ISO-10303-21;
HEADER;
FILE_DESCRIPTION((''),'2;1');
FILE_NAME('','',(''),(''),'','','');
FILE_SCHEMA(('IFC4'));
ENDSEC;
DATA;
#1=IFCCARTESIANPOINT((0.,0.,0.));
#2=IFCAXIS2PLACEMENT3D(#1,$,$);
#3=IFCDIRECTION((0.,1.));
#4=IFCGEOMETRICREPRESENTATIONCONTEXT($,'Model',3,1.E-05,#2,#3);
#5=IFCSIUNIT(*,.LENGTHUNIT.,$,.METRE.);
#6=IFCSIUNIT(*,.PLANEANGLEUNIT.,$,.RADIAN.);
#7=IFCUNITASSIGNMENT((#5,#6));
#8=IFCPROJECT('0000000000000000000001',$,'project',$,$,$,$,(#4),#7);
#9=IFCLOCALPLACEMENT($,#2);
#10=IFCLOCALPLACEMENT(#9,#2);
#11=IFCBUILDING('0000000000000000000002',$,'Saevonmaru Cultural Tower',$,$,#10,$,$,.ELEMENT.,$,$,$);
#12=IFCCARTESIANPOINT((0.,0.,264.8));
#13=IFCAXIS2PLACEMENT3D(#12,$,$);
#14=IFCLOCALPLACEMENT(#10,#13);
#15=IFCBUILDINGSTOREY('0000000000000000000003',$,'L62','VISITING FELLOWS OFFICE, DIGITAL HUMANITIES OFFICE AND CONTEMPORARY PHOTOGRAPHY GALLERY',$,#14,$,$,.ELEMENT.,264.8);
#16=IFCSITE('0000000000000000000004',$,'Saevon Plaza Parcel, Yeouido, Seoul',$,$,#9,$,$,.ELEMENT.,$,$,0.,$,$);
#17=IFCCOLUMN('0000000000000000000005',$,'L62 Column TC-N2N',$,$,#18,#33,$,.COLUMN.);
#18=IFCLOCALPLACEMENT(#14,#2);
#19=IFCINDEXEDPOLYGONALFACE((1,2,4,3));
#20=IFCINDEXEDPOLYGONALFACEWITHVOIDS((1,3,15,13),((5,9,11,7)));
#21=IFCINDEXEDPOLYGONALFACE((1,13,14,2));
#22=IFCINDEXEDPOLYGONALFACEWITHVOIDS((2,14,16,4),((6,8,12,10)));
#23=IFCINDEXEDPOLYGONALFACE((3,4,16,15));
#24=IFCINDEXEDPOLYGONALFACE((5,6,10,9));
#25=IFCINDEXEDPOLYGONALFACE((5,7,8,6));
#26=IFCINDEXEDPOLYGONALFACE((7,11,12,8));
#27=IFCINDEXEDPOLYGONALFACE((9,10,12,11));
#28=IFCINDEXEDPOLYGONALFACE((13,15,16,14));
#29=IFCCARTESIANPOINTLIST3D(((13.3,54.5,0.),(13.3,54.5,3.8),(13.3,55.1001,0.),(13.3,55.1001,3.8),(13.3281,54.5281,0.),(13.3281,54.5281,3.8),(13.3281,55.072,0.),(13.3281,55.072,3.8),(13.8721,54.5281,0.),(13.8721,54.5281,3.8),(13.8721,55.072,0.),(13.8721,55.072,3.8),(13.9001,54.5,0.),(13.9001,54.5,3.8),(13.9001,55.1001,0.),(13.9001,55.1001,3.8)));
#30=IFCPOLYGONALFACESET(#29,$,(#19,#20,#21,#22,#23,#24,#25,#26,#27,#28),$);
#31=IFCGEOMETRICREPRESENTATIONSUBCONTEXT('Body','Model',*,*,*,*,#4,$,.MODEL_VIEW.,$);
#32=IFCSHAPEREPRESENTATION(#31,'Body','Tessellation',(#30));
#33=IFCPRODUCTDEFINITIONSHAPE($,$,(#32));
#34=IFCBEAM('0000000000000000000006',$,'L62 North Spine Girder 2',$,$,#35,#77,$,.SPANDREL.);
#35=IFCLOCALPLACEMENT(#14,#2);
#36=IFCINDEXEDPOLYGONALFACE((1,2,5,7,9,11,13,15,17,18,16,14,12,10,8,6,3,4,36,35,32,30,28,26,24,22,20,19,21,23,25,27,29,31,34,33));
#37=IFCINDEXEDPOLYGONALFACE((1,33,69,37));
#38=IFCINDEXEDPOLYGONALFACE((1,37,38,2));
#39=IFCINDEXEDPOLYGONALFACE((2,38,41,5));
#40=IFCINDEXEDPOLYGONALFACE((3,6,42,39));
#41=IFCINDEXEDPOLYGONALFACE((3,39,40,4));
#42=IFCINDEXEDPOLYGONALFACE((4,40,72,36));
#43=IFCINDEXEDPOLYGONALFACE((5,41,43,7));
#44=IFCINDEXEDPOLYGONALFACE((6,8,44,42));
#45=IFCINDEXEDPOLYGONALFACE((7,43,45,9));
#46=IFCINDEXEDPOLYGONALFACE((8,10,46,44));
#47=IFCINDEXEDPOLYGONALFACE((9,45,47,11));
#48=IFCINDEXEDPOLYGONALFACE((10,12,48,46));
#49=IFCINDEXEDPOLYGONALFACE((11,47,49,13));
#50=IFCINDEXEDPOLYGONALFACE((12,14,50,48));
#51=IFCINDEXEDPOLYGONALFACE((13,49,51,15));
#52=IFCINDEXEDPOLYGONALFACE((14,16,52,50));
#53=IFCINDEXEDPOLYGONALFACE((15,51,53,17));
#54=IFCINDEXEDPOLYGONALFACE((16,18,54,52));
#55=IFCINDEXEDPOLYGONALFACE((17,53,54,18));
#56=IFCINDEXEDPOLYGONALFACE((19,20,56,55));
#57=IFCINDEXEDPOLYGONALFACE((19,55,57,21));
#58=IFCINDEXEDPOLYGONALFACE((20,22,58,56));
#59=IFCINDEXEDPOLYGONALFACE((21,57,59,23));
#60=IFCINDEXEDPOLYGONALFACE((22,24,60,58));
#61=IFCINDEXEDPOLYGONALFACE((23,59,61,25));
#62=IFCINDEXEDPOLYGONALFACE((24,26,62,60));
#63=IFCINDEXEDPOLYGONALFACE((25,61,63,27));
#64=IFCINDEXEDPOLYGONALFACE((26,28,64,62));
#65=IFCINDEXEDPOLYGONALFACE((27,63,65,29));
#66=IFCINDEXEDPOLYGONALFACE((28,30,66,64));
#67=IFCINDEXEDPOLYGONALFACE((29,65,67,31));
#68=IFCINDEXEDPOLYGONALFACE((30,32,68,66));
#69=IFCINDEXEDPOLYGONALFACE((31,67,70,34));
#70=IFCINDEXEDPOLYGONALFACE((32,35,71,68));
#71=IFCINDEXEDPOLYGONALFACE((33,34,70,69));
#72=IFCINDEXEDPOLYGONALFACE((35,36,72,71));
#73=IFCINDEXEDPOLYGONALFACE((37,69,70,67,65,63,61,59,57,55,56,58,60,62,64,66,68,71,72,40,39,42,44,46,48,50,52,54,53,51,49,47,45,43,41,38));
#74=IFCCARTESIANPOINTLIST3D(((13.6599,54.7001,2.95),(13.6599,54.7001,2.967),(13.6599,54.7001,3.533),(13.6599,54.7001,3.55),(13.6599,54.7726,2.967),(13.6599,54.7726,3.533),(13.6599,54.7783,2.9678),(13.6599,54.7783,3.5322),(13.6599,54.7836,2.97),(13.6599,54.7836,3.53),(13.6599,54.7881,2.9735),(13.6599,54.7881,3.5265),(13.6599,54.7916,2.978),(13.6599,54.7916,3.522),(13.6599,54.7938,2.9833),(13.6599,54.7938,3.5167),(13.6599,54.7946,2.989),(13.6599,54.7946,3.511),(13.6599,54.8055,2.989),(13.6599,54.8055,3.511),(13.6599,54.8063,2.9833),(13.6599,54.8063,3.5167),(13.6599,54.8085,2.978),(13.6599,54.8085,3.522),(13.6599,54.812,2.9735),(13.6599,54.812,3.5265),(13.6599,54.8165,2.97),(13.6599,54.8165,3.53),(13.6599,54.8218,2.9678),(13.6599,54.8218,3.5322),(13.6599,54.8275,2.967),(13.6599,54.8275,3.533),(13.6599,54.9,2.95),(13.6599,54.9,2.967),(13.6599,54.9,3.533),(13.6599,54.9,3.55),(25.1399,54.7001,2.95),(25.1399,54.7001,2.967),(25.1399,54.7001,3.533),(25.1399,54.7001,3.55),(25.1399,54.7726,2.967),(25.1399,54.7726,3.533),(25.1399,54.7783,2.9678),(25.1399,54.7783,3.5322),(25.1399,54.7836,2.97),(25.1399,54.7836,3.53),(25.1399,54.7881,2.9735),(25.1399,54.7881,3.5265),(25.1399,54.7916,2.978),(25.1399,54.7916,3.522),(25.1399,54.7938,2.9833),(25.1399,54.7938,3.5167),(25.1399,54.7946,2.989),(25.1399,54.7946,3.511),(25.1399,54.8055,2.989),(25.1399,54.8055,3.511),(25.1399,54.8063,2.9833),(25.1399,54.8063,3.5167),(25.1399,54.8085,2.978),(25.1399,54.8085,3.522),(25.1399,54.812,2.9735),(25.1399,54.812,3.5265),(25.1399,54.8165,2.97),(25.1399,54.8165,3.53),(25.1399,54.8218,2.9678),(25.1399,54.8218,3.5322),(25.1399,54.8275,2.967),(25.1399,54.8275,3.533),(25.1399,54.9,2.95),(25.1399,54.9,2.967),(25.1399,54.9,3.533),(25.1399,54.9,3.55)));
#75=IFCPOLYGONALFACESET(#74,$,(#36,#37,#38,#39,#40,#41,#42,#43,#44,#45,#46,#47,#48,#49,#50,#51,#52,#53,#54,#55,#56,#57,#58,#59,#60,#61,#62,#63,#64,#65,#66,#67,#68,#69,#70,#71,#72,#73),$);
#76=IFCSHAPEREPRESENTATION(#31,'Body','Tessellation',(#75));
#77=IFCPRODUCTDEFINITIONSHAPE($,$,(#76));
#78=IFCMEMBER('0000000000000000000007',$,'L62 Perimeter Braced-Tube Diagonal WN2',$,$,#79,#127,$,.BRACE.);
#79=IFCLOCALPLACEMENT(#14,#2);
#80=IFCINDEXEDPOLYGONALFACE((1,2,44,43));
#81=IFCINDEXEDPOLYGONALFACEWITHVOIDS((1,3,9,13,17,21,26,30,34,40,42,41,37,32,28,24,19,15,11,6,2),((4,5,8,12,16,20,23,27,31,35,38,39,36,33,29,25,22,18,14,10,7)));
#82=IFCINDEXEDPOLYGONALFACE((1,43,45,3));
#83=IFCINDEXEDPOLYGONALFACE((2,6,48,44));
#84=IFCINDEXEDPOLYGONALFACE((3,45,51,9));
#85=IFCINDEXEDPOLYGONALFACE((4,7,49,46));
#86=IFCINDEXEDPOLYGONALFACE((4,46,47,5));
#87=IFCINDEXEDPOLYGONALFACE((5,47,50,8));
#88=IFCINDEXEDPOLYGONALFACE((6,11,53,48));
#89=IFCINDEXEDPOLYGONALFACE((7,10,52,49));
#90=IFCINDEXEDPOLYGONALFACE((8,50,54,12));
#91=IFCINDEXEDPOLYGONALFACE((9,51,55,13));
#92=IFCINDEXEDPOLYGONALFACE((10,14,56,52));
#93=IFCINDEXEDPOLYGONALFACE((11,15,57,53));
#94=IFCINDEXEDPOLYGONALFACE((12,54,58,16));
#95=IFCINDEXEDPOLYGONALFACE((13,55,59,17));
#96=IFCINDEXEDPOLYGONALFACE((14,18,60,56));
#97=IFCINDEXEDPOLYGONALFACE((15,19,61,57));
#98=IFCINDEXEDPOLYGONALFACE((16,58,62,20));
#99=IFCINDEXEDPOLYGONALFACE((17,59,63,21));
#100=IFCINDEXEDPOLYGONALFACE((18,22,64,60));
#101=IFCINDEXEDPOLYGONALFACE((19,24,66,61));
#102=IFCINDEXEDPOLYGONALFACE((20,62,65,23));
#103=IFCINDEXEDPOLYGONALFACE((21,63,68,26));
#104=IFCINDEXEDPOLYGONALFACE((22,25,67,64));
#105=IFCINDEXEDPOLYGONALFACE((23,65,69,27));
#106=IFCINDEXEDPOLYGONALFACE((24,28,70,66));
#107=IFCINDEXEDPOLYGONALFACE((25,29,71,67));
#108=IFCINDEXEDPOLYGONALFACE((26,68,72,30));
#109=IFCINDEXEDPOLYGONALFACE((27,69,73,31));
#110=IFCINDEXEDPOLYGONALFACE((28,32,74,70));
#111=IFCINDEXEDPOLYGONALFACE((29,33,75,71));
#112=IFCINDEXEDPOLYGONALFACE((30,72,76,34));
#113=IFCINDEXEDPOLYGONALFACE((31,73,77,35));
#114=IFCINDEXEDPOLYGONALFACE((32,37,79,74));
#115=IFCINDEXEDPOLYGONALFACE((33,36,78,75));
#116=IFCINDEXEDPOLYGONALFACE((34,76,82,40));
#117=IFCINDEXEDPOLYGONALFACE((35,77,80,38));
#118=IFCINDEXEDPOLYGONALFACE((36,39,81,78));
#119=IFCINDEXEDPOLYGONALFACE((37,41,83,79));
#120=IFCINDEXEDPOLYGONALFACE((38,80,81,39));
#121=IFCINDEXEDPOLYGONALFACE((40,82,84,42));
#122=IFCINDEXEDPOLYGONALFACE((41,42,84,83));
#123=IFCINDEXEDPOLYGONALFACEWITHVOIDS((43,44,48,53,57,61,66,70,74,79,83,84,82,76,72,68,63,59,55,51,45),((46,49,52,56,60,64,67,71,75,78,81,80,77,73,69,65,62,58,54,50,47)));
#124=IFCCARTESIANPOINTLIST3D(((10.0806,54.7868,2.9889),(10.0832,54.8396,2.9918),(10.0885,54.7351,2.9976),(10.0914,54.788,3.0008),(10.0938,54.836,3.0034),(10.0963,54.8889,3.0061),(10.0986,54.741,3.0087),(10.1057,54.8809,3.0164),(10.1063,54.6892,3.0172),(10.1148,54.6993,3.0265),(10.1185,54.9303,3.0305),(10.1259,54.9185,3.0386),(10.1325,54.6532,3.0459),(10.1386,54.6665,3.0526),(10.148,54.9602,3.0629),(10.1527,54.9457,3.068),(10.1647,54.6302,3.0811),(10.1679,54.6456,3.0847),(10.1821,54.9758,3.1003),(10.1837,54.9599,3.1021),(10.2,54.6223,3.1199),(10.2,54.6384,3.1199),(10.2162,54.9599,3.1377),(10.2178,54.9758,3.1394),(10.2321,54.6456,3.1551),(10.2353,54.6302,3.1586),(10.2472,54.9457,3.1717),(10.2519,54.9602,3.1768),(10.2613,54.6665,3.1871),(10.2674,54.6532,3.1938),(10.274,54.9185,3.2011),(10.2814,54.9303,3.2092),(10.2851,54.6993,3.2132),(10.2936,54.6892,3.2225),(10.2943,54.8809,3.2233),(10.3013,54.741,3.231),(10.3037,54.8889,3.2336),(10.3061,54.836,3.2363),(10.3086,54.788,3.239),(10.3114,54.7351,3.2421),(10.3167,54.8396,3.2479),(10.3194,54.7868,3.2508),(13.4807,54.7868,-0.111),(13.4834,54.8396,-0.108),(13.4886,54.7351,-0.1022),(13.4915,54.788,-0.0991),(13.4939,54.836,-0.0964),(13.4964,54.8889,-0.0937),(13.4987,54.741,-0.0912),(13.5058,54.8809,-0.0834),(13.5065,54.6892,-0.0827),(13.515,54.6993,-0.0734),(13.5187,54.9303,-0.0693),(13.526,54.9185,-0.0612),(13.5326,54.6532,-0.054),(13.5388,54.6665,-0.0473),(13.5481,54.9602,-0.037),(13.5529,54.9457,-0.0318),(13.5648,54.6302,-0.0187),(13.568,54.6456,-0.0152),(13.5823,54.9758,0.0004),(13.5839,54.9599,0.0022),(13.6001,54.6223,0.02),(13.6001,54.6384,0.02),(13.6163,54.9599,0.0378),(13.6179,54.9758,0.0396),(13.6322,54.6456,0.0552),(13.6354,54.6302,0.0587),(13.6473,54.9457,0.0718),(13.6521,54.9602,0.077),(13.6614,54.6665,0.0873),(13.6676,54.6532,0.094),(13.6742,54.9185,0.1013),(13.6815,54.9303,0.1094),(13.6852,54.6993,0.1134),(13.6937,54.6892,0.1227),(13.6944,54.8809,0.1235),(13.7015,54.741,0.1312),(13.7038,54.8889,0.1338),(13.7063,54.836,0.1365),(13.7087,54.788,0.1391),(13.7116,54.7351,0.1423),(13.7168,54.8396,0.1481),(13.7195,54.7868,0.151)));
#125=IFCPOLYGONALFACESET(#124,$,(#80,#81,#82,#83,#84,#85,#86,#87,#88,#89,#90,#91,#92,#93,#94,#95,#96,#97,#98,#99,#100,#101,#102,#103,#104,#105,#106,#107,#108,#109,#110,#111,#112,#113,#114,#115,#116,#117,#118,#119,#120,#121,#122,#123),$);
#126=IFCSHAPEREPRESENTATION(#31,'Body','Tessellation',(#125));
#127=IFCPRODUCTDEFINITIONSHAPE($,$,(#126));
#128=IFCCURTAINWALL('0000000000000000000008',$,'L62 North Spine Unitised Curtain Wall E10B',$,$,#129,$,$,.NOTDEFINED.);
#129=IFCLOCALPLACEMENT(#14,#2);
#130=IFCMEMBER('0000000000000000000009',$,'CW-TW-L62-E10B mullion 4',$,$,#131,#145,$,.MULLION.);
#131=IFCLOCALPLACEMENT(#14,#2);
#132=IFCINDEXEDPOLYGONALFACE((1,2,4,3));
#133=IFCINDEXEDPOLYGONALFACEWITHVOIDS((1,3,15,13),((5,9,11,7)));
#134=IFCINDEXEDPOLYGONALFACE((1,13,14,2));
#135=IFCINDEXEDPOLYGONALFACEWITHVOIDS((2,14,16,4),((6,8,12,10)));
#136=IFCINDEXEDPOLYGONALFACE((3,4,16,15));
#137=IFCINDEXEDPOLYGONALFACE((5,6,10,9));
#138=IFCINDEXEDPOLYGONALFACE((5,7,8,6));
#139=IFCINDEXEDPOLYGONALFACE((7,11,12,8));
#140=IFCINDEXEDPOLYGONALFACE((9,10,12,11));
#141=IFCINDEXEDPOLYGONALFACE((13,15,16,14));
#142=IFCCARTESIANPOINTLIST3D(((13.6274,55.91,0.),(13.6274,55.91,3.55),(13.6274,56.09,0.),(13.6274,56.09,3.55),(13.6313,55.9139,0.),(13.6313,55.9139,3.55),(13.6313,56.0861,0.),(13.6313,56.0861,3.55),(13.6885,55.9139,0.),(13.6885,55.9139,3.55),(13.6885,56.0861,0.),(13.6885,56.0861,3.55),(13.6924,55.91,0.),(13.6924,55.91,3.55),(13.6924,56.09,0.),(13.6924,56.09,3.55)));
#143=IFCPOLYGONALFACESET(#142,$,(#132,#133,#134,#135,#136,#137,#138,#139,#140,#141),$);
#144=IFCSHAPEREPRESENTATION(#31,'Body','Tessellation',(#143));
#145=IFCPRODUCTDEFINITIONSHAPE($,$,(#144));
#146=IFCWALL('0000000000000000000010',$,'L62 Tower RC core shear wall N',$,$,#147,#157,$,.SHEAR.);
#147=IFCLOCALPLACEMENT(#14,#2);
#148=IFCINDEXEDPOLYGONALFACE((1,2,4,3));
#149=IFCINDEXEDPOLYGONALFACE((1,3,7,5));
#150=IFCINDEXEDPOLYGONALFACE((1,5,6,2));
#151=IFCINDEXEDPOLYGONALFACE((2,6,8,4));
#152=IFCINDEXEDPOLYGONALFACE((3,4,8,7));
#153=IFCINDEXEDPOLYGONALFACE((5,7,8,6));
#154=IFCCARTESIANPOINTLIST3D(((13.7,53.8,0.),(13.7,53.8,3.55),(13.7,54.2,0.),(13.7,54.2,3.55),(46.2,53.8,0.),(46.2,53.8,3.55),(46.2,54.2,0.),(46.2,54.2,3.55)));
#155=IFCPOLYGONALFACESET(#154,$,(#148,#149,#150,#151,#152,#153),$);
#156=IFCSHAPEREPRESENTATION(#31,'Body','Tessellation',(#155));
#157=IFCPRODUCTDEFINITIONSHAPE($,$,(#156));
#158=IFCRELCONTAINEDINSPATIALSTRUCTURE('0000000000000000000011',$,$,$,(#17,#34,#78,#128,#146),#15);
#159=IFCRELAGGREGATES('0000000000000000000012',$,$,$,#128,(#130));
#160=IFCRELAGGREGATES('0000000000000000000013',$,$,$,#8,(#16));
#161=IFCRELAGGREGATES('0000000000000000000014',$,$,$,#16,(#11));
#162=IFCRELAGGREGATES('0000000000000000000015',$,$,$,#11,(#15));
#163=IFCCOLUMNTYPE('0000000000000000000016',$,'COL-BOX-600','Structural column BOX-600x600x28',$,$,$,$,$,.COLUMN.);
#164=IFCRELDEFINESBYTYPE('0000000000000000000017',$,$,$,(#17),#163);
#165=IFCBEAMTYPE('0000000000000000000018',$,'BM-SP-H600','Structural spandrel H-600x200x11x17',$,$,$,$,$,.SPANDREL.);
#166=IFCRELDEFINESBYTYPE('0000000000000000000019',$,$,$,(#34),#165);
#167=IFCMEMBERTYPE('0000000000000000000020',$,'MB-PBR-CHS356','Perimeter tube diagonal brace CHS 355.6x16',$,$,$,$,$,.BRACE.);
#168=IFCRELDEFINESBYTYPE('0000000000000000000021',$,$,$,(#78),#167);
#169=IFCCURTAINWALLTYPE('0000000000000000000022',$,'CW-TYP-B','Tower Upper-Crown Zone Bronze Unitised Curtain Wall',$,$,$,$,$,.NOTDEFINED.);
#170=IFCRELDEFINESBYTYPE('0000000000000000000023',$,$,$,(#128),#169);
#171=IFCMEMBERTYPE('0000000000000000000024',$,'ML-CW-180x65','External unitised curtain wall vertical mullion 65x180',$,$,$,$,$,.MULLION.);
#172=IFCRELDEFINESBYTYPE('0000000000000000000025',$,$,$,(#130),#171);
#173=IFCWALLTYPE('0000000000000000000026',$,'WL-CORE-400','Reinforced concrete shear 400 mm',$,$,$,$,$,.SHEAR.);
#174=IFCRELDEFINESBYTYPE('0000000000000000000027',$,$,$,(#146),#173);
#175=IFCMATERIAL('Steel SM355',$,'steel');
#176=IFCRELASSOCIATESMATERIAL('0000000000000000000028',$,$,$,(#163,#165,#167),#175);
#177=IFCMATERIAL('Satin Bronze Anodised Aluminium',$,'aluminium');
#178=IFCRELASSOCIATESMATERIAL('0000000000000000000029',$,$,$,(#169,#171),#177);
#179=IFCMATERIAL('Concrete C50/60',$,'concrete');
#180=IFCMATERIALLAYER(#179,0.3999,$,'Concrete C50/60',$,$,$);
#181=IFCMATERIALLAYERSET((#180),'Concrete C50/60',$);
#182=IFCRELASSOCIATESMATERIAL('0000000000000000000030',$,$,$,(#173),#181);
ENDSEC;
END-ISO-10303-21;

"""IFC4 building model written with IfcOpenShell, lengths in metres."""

from ifc_helpers import new_model, si_unit, direction, frame, frame_2d, origin, origin_2d, place, context, subcontext, project, spatial, rectangle, hollow_rectangle, hollow_circle, i_section, extrude, material, layer, layer_set, material_profile, profile_set, type_object, element, aggregate, save


model = new_model("IFC4")

# Units and contexts
model_context = context("Model", 3, precision=1e-05, world=origin(), true_north=direction((0.0, 1.0)))
body_context = subcontext(model_context, "Body", "Model", "MODEL_VIEW")
ifc_project = project(units=[si_unit("LENGTHUNIT", "METRE"), si_unit("PLANEANGLEUNIT", "RADIAN")], contexts=[model_context])

# Site, building, storey
site_placement = place(None, origin())
site = spatial("IfcSite", under=ifc_project, at=site_placement, Name="Saevon Plaza Parcel, Yeouido, Seoul", CompositionType="ELEMENT", RefElevation=0.0)
building_placement = place(site_placement, origin())
building = spatial("IfcBuilding", under=site, at=building_placement, Name="Saevonmaru Cultural Tower", CompositionType="ELEMENT")
storey_placement = place(building_placement, frame((0.0, 0.0, 264.8)))
storey = spatial("IfcBuildingStorey", under=building, at=storey_placement, Name="L62", Description="VISITING FELLOWS OFFICE, DIGITAL HUMANITIES OFFICE AND CONTEMPORARY PHOTOGRAPHY GALLERY", CompositionType="ELEMENT", Elevation=264.8)

# Column
ifc_material_1 = material(Name="Steel SM355", Category="steel")
ifc_material_profile_1 = material_profile(ifc_material_1, hollow_rectangle(XDim=0.6001, YDim=0.6001, WallThickness=0.0281, at=origin_2d()), Name="BOX-600x600x28")
ifc_profile_set_1 = profile_set([ifc_material_profile_1], Name="Steel SM355")
column_type = type_object("IfcColumnType", Name="COL-BOX-600", Description="Structural column BOX-600x600x28", PredefinedType="COLUMN", material=ifc_profile_set_1)
column_placement = place(storey_placement, frame((13.6001, 54.8, 0.0), z_axis=(0.0, 0.0, 1.0), x_axis=(1.0, 0.0, 0.0)))
element("IfcColumn", 1, at=column_placement, inside=storey, type_object=column_type, Name="L62 Column TC-N2N", PredefinedType="COLUMN", context=body_context, shape_type="SweptSolid", body=[
    extrude(hollow_rectangle(XDim=0.6001, YDim=0.6001, WallThickness=0.0281, at=origin_2d()), origin(), (0.0, 0.0, 1.0), 3.8),
])

# Beam
ifc_material_profile_2 = material_profile(ifc_material_1, i_section(OverallWidth=0.2, OverallDepth=0.6001, WebThickness=0.011, FlangeThickness=0.0171, FilletRadius=0.022, at=origin_2d()), Name="H-600x200x11x17")
ifc_profile_set_2 = profile_set([ifc_material_profile_2], Name="Steel SM355")
beam_type = type_object("IfcBeamType", Name="BM-SP-H600", Description="Structural spandrel H-600x200x11x17", PredefinedType="SPANDREL", material=ifc_profile_set_2)
beam_placement = place(storey_placement, frame((13.6599, 54.8, 3.25), z_axis=(1.0, 0.0, 0.0), x_axis=(0.0, 1.0, 0.0)))
element("IfcBeam", 2, at=beam_placement, inside=storey, type_object=beam_type, Name="L62 North Spine Girder 2", PredefinedType="SPANDREL", context=body_context, shape_type="SweptSolid", body=[
    extrude(i_section(OverallWidth=0.2, OverallDepth=0.6001, WebThickness=0.011, FlangeThickness=0.0171, FilletRadius=0.022, at=origin_2d()), origin(), (0.0, 0.0, 1.0), 11.48),
])

# Member
ifc_material_profile_3 = material_profile(ifc_material_1, hollow_circle(Radius=0.1777, WallThickness=0.0161, at=origin_2d()), Name="CHS-355.6x16")
ifc_profile_set_3 = profile_set([ifc_material_profile_3], Name="Steel SM355")
member_type_1 = type_object("IfcMemberType", Name="MB-PBR-CHS356", Description="Perimeter tube diagonal brace CHS 355.6x16", PredefinedType="BRACE", material=ifc_profile_set_3)
member_1_placement = place(storey_placement, frame((13.6001, 54.8, 0.02), z_axis=(-0.738986, 0.0, 0.673721), x_axis=(0.0, -1.0, 0.0)))
element("IfcMember", 3, at=member_1_placement, inside=storey, type_object=member_type_1, Name="L62 Perimeter Braced-Tube Diagonal WN2", PredefinedType="BRACE", context=body_context, shape_type="SweptSolid", body=[
    extrude(hollow_circle(Radius=0.1777, WallThickness=0.0161, at=origin_2d()), origin(), (0.0, 0.0, 1.0), 4.6011),
])

# Curtain wall, member
ifc_material_2 = material(Name="Satin Bronze Anodised Aluminium", Category="aluminium")
curtain_wall_type = type_object("IfcCurtainWallType", Name="CW-TYP-B", Description="Tower Upper-Crown Zone Bronze Unitised Curtain Wall", PredefinedType="NOTDEFINED", material=ifc_material_2)
curtain_wall_placement = place(storey_placement, origin())
curtain_wall = element("IfcCurtainWall", 4, at=curtain_wall_placement, inside=storey, type_object=curtain_wall_type, Name="L62 North Spine Unitised Curtain Wall E10B", PredefinedType="NOTDEFINED")
ifc_material_profile_4 = material_profile(ifc_material_2, hollow_rectangle(XDim=0.0649, YDim=0.1799, WallThickness=0.0039, at=origin_2d()), Name="ALU-MULL-180x65x4")
ifc_profile_set_4 = profile_set([ifc_material_profile_4], Name="Satin Bronze Anodised Aluminium")
member_type_2 = type_object("IfcMemberType", Name="ML-CW-180x65", Description="External unitised curtain wall vertical mullion 65x180", PredefinedType="MULLION", material=ifc_profile_set_4)
member_2_placement = place(storey_placement, frame((13.6599, 56.0, 0.0), z_axis=(0.0, 0.0, 1.0), x_axis=(-1.0, 0.0, 0.0)))
member_2 = element("IfcMember", 5, at=member_2_placement, type_object=member_type_2, Name="CW-TW-L62-E10B mullion 4", PredefinedType="MULLION", context=body_context, shape_type="SweptSolid", body=[
    extrude(hollow_rectangle(XDim=0.0649, YDim=0.1799, WallThickness=0.0039, at=origin_2d()), origin(), (0.0, 0.0, 1.0), 3.55),
])
aggregate(curtain_wall, [member_2])

# Wall
ifc_material_3 = material(Name="Concrete C50/60", Category="concrete")
ifc_layer_1 = layer(ifc_material_3, 0.3999, Name="Concrete C50/60")
ifc_layer_set_1 = layer_set([ifc_layer_1], Name="Concrete C50/60")
wall_type_1 = type_object("IfcWallType", Name="WL-CORE-400", Description="Reinforced concrete shear 400 mm", PredefinedType="SHEAR", material=ifc_layer_set_1)
wall_1_placement = place(storey_placement, frame((13.7, 54.0, 0.0), z_axis=(0.0, 0.0, 1.0), x_axis=(1.0, 0.0, 0.0)))
element("IfcWall", 6, at=wall_1_placement, inside=storey, type_object=wall_type_1, Name="L62 Tower RC core shear wall N", PredefinedType="SHEAR", context=body_context, shape_type="SweptSolid", body=[
    extrude(rectangle(XDim=32.5, YDim=0.3999, at=frame_2d((16.25, 0.0))), origin(), (0.0, 0.0, 1.0), 3.55),
])

save(model, "model.ifc")
